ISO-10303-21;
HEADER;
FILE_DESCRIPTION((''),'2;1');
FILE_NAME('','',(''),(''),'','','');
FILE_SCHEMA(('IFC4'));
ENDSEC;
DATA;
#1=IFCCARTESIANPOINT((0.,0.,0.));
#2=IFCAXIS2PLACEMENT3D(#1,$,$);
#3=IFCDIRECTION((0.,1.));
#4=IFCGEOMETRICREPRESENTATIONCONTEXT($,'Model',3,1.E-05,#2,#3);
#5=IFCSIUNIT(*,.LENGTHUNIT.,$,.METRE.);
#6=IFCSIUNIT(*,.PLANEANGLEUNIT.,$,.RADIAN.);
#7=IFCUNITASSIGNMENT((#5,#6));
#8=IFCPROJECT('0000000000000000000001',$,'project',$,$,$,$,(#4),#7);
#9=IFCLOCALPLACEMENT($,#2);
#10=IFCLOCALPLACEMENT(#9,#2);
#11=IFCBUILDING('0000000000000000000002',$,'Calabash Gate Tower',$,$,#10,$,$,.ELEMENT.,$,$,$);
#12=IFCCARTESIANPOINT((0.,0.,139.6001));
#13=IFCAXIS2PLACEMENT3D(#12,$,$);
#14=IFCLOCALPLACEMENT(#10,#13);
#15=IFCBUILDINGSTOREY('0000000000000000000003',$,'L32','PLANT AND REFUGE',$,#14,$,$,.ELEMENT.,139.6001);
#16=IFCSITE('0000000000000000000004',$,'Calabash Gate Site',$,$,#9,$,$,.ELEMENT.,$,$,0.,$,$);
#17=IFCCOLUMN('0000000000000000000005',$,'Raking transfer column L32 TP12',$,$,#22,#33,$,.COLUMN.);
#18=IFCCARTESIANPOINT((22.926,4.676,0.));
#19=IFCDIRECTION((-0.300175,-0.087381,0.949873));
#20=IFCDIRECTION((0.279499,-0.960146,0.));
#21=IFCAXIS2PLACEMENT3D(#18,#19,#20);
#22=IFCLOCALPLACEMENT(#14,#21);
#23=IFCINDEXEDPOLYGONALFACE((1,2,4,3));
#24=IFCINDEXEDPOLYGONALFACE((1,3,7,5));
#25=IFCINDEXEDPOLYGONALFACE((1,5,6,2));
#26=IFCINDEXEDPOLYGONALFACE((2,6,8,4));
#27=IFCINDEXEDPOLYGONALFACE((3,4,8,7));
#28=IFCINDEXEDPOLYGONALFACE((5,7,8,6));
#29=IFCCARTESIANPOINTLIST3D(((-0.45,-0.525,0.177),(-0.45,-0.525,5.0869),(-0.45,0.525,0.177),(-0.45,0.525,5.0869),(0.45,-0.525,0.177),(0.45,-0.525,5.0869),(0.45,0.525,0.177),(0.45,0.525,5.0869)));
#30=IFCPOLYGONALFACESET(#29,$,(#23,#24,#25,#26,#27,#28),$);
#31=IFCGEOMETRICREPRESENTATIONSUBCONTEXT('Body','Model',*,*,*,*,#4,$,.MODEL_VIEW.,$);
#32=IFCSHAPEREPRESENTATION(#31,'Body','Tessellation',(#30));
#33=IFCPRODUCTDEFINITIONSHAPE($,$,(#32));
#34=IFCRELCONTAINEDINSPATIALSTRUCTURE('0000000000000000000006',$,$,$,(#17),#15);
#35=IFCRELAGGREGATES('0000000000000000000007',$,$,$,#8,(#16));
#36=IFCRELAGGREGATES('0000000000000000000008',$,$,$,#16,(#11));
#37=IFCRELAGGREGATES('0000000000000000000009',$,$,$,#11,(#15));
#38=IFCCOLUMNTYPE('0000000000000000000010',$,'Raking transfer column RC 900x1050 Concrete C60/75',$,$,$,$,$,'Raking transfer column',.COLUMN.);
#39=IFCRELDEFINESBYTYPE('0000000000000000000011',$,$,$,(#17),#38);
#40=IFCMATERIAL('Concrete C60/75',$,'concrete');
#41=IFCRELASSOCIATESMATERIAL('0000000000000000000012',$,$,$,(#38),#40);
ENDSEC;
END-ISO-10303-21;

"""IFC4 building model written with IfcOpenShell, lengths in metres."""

from ifc_helpers import new_model, si_unit, direction, frame, origin, origin_2d, place, context, subcontext, project, spatial, rectangle, extrude, clip, halfspace, material, material_profile, profile_set, type_object, element, save


model = new_model("IFC4")

# Units and contexts
model_context = context("Model", 3, precision=1e-05, world=origin(), true_north=direction((0.0, 1.0)))
body_context = subcontext(model_context, "Body", "Model", "MODEL_VIEW")
ifc_project = project(units=[si_unit("LENGTHUNIT", "METRE"), si_unit("PLANEANGLEUNIT", "RADIAN")], contexts=[model_context])

# Site, building, storey
site_placement = place(None, origin())
site = spatial("IfcSite", under=ifc_project, at=site_placement, Name="Calabash Gate Site", CompositionType="ELEMENT", RefElevation=0.0)
building_placement = place(site_placement, origin())
building = spatial("IfcBuilding", under=site, at=building_placement, Name="Calabash Gate Tower", CompositionType="ELEMENT")
storey_placement = place(building_placement, frame((0.0, 0.0, 139.6001)))
storey = spatial("IfcBuildingStorey", under=building, at=storey_placement, Name="L32", Description="PLANT AND REFUGE", CompositionType="ELEMENT", Elevation=139.6001)

# Column
ifc_material_1 = material(Name="Concrete C60/75", Category="concrete")
ifc_material_profile_1 = material_profile(ifc_material_1, rectangle(XDim=0.8999, YDim=1.05, at=origin_2d()))
ifc_profile_set_1 = profile_set([ifc_material_profile_1], Name="Concrete C60/75")
column_type = type_object("IfcColumnType", Name="Raking transfer column RC 900x1050 Concrete C60/75", ElementType="Raking transfer column", PredefinedType="COLUMN", material=ifc_profile_set_1)
column_placement = place(storey_placement, frame((22.926, 4.676, 0.0), z_axis=(-0.300175, -0.087381, 0.949873), x_axis=(0.279499, -0.960146, 0.0)))
element("IfcColumn", 1, at=column_placement, inside=storey, type_object=column_type, Name="Raking transfer column L32 TP12", PredefinedType="COLUMN", context=body_context, shape_type="Clipping", body=[
    clip(clip(extrude(rectangle(XDim=0.8999, YDim=1.05, at=origin_2d()), origin(), (0.0, 0.0, 1.0), 5.2639), halfspace(frame((0.0, 0.0, 0.177), z_axis=(0.0, 0.0, 1.0), x_axis=(1.0, 0.0, 0.0)), True)), halfspace(frame((0.0, 0.0, 5.0869), z_axis=(0.0, 0.0, 1.0), x_axis=(1.0, 0.0, 0.0)), False)),
])

save(model, "model.ifc")
